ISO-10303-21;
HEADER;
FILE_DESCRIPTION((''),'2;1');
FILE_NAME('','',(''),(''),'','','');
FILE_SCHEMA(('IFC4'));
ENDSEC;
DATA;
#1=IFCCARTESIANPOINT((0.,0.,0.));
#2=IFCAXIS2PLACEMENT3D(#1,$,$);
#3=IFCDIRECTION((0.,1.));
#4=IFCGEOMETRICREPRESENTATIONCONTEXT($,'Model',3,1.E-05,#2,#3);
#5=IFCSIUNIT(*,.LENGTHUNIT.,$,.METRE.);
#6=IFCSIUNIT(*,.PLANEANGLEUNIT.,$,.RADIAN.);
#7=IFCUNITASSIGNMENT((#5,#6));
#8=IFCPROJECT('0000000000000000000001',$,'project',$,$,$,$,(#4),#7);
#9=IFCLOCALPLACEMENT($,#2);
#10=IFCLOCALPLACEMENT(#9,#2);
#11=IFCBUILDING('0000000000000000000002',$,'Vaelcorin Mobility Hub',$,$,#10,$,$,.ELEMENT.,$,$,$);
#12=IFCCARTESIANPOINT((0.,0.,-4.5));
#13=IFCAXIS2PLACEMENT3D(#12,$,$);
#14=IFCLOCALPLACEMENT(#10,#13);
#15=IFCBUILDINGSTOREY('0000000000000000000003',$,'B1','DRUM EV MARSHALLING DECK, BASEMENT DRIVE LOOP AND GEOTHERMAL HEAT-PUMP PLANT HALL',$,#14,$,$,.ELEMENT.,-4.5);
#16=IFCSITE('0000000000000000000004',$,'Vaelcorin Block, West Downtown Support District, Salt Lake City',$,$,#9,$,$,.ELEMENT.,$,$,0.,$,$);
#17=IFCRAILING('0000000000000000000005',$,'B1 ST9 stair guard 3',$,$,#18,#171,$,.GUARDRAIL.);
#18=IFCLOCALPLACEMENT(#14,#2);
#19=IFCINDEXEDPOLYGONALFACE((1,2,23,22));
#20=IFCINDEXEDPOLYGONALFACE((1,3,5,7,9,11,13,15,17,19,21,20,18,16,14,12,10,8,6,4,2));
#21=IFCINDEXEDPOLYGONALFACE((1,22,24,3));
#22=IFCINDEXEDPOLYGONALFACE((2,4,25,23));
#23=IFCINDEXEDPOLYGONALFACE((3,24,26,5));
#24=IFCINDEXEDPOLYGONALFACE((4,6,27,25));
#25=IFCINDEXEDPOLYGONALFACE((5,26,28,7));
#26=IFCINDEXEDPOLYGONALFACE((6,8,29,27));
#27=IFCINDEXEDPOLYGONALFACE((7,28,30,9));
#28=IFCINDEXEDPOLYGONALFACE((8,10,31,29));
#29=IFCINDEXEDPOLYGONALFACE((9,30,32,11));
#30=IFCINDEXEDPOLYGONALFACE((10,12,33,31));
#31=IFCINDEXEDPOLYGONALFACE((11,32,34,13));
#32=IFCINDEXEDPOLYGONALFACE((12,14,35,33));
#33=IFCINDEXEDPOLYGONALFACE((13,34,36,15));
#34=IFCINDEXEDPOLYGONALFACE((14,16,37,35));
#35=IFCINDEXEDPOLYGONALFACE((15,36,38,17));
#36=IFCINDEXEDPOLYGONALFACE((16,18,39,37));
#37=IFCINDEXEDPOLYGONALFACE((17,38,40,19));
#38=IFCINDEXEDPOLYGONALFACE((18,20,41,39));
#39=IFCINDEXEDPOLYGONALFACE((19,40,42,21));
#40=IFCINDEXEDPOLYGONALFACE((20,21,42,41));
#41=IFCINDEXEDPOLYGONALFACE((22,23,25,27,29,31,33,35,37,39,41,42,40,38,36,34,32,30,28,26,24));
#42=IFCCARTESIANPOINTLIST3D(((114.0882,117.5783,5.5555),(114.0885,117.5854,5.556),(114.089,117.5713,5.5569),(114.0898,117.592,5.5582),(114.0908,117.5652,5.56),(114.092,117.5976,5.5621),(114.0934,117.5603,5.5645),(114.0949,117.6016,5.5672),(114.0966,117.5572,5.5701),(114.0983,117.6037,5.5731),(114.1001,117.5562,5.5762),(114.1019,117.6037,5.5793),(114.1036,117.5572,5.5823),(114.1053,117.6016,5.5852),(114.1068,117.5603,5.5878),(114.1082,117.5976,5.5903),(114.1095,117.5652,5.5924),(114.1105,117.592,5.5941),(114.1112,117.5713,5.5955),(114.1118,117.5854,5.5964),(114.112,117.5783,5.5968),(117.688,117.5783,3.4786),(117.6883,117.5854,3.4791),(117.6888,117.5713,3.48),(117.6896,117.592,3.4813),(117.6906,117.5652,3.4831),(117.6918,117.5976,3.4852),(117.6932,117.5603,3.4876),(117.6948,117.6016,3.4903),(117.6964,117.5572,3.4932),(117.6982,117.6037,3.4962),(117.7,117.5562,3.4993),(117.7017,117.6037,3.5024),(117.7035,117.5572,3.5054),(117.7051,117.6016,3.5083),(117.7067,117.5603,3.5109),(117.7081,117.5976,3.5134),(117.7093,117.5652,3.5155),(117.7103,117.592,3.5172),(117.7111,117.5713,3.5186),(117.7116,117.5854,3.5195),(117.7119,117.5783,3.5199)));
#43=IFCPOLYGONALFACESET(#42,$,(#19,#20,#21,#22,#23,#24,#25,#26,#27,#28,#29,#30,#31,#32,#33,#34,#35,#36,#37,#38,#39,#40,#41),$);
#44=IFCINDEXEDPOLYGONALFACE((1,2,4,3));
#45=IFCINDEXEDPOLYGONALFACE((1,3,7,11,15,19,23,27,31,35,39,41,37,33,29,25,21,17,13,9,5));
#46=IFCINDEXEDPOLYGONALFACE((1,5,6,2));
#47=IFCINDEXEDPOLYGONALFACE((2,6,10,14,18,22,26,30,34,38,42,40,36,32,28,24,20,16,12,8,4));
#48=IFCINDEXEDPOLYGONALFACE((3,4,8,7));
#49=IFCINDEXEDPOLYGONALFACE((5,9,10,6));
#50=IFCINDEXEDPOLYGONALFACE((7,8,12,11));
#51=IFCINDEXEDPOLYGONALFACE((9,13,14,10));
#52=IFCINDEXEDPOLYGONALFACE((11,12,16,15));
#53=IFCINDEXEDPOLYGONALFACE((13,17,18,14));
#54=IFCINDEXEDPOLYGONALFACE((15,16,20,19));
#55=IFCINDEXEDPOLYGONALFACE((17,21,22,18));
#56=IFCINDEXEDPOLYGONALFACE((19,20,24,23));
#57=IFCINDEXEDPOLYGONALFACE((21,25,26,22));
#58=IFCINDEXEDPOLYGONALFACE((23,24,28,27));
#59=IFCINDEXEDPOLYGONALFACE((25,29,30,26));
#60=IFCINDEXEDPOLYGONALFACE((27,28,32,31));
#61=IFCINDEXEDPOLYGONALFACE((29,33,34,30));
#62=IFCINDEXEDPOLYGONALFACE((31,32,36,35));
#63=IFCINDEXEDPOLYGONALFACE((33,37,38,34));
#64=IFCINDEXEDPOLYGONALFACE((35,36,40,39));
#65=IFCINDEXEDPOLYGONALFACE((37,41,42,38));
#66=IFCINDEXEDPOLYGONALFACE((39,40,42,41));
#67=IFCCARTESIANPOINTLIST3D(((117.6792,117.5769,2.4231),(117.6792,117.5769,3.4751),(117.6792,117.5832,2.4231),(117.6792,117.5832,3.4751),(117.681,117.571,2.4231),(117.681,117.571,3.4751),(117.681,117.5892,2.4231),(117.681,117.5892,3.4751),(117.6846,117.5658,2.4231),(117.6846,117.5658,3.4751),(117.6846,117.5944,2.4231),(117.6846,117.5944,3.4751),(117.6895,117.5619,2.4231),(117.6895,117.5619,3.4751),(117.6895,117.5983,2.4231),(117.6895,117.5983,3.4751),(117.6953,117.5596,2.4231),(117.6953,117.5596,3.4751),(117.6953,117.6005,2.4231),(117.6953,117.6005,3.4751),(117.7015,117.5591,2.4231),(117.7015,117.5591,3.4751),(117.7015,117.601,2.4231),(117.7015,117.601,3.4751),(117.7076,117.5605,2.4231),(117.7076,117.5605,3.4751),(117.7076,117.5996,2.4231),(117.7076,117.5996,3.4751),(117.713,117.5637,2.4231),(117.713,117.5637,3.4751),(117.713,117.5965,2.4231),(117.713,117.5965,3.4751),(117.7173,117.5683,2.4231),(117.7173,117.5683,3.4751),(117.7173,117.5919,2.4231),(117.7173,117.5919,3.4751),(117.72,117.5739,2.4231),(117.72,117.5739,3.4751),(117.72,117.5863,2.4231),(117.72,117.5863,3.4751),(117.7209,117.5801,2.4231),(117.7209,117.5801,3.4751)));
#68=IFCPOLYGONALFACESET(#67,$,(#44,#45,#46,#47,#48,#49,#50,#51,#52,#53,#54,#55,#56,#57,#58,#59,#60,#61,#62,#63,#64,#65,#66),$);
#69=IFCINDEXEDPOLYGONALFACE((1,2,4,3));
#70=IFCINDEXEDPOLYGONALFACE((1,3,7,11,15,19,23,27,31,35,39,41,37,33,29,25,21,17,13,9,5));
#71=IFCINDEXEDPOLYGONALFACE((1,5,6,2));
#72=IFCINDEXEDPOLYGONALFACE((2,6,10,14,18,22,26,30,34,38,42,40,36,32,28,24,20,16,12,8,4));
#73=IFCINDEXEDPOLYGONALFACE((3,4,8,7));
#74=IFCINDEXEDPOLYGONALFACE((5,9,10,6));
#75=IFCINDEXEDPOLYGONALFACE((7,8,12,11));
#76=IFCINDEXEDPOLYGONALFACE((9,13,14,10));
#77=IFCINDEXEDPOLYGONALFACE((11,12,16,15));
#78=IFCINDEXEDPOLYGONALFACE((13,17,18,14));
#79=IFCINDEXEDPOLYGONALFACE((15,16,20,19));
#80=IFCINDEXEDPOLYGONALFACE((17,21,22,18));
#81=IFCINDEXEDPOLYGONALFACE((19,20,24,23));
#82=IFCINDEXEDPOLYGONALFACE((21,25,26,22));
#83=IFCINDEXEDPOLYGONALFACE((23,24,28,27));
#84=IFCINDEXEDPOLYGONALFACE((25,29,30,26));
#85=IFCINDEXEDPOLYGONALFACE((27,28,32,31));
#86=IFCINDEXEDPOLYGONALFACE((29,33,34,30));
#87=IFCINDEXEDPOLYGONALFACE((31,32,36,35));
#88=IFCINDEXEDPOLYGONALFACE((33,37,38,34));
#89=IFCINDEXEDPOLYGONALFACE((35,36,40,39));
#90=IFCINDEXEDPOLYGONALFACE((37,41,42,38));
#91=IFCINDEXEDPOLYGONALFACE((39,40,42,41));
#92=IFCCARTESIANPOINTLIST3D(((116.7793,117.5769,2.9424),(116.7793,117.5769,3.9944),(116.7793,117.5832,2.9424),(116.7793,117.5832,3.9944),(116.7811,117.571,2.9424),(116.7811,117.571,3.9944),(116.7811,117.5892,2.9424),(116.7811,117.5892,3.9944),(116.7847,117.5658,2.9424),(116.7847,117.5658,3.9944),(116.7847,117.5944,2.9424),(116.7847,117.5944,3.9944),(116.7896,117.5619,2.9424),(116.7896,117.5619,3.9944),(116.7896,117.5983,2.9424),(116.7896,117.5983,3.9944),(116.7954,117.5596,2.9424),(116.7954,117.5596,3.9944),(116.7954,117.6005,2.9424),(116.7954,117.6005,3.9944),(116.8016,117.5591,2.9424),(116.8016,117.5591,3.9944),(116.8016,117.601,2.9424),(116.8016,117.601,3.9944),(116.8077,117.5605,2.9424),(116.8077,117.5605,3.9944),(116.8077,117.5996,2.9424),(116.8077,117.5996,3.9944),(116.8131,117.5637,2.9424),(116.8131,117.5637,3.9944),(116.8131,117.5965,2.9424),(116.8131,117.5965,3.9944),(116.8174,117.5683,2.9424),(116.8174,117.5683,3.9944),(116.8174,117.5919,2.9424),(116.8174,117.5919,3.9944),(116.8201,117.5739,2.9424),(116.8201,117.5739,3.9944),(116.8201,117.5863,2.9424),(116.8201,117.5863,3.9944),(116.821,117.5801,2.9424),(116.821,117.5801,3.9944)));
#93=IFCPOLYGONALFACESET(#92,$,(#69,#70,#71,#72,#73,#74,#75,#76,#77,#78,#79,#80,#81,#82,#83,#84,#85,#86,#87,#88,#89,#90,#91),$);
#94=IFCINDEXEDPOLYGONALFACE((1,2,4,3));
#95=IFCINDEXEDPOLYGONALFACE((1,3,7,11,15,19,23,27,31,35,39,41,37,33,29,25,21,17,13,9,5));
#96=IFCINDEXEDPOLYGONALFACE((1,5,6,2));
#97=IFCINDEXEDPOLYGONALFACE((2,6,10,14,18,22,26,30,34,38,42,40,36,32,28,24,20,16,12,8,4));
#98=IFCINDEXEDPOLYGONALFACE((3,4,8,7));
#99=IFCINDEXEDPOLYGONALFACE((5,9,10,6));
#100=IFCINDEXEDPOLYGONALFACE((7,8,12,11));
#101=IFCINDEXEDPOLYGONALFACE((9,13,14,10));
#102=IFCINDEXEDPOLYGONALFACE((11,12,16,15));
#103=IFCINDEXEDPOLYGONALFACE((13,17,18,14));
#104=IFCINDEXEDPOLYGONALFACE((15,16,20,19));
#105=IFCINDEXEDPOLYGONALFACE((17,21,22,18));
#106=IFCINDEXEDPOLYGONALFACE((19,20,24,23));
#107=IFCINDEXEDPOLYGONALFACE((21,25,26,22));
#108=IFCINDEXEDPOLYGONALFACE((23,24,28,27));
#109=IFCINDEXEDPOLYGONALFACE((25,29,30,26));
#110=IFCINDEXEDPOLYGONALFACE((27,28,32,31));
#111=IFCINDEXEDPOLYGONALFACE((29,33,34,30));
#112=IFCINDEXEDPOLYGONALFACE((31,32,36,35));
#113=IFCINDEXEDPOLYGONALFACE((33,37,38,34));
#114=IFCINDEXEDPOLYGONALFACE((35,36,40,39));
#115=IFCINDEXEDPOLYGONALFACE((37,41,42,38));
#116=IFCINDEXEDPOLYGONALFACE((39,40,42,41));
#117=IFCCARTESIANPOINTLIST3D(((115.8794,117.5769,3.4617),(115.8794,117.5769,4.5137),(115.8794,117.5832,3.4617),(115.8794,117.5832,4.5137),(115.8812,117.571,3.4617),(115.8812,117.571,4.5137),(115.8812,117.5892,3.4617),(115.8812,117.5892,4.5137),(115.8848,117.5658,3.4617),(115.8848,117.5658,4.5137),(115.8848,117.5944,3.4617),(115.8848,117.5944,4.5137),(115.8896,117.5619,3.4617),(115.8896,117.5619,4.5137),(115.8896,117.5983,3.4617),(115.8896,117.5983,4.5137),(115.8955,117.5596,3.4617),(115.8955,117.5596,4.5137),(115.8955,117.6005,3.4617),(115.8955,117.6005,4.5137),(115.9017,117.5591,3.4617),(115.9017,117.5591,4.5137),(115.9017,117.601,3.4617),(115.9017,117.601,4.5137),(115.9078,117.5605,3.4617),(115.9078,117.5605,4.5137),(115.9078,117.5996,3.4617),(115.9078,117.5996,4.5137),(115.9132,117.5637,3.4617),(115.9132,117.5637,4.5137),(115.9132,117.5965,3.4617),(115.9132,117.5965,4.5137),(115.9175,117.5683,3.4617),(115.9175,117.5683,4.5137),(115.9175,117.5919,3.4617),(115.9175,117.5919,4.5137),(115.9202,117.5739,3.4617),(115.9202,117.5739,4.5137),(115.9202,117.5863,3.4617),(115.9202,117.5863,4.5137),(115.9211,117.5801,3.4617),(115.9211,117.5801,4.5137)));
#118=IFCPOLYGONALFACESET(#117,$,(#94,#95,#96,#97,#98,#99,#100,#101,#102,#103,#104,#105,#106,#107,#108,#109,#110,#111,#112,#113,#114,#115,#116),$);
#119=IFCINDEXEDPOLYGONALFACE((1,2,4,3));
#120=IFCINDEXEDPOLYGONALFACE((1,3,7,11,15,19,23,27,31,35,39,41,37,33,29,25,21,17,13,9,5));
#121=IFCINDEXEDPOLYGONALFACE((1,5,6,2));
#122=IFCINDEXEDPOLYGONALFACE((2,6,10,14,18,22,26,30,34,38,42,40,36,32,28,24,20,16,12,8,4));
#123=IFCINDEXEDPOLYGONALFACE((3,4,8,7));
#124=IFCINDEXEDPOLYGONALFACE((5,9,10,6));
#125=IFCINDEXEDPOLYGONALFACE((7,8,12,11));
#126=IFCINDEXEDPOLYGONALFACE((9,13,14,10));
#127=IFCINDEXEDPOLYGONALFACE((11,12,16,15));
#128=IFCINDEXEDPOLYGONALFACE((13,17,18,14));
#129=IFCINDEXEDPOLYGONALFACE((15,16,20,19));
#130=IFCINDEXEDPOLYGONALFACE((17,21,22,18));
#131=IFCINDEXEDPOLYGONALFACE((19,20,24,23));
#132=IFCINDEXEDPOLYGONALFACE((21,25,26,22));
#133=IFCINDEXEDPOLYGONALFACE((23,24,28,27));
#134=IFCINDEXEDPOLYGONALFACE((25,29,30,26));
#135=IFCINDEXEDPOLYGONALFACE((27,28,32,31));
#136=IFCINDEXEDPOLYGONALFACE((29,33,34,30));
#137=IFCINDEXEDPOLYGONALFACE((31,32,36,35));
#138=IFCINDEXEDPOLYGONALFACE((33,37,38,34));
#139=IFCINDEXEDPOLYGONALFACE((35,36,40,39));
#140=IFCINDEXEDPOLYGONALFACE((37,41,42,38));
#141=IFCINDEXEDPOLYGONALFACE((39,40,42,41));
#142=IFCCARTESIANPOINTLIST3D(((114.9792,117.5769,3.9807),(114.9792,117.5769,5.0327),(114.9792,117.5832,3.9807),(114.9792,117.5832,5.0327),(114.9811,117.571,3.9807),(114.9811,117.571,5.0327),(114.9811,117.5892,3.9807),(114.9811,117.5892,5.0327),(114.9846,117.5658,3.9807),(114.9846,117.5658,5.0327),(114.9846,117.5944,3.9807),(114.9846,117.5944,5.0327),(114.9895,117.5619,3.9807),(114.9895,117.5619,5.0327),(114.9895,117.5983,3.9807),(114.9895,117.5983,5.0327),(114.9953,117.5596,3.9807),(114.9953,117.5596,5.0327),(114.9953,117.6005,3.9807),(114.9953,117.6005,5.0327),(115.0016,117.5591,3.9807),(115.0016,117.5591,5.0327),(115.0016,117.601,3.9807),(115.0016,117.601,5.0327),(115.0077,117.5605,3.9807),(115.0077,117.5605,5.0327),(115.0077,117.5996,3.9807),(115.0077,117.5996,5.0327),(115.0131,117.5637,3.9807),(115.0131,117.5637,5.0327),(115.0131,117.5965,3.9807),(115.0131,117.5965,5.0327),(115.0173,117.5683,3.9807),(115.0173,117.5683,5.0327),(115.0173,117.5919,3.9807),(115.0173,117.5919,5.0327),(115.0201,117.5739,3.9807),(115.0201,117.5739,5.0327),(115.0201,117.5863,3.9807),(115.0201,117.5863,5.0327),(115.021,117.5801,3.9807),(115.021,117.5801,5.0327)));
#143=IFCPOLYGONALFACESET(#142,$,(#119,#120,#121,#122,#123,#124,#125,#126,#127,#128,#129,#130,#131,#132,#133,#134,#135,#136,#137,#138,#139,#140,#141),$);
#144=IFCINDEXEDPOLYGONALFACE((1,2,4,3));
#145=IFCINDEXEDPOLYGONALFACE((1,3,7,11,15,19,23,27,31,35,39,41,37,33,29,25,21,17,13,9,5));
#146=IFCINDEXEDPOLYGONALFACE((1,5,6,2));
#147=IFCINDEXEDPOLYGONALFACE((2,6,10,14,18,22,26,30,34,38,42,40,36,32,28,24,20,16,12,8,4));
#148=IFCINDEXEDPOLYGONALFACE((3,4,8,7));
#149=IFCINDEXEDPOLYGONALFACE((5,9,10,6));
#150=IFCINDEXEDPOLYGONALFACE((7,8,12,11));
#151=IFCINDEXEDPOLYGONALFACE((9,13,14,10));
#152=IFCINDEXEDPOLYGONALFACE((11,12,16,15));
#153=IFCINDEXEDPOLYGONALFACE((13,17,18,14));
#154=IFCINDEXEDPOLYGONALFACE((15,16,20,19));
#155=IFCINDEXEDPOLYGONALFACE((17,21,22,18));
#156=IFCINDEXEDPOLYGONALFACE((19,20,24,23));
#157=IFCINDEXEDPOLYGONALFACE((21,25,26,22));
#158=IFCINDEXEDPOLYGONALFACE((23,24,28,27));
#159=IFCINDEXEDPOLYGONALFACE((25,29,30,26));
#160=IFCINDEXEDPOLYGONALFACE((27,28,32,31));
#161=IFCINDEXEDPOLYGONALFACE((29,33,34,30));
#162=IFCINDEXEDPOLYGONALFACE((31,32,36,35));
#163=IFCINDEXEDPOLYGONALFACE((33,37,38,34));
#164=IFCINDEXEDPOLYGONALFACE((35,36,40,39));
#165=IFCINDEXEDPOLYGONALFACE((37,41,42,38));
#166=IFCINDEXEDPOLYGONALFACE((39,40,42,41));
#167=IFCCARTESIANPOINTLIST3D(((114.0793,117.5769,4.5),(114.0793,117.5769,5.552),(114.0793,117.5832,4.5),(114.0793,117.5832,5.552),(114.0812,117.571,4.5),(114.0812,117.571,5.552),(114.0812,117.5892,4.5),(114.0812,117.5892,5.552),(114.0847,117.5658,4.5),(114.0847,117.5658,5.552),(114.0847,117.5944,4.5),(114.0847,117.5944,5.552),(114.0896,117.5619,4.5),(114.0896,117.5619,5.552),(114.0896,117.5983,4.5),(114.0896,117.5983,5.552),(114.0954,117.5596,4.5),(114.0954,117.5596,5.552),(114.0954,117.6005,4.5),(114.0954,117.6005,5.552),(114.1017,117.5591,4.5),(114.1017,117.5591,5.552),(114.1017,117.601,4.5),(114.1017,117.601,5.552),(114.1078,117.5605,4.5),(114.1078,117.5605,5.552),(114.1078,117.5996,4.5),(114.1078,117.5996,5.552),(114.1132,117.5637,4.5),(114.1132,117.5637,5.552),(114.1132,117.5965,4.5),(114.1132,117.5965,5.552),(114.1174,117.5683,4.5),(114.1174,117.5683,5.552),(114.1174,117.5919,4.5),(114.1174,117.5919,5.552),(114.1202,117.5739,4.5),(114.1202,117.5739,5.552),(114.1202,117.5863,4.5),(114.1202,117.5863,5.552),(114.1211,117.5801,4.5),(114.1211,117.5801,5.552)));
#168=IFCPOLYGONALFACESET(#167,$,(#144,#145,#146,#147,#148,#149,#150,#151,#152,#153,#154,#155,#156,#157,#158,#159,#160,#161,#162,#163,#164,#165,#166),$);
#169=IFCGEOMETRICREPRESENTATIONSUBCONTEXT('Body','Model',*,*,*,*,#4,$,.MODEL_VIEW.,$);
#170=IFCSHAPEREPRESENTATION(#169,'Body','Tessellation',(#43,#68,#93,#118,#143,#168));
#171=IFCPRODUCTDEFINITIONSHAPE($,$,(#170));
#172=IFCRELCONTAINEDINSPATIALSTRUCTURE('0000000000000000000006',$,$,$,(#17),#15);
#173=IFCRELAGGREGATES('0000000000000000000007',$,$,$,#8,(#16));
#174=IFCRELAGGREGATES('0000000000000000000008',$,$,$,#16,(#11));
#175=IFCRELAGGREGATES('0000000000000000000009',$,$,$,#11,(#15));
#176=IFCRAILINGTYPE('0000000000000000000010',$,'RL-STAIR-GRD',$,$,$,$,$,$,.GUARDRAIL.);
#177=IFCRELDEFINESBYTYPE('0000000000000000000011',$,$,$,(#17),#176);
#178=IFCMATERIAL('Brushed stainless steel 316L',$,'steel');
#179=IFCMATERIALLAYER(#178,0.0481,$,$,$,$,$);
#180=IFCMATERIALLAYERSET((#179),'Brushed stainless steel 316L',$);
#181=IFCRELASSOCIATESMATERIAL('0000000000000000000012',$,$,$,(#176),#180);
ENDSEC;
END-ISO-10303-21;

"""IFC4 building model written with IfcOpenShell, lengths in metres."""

from ifc_helpers import new_model, si_unit, direction, frame, origin, origin_2d, place, context, subcontext, project, spatial, circle, extrude, material, layer, layer_set, type_object, element, save


model = new_model("IFC4")

# Units and contexts
model_context = context("Model", 3, precision=1e-05, world=origin(), true_north=direction((0.0, 1.0)))
body_context = subcontext(model_context, "Body", "Model", "MODEL_VIEW")
ifc_project = project(units=[si_unit("LENGTHUNIT", "METRE"), si_unit("PLANEANGLEUNIT", "RADIAN")], contexts=[model_context])

# Site, building, storey
site_placement = place(None, origin())
site = spatial("IfcSite", under=ifc_project, at=site_placement, Name="Vaelcorin Block, West Downtown Support District, Salt Lake City", CompositionType="ELEMENT", RefElevation=0.0)
building_placement = place(site_placement, origin())
building = spatial("IfcBuilding", under=site, at=building_placement, Name="Vaelcorin Mobility Hub", CompositionType="ELEMENT")
storey_placement = place(building_placement, frame((0.0, 0.0, -4.5)))
storey = spatial("IfcBuildingStorey", under=building, at=storey_placement, Name="B1", Description="DRUM EV MARSHALLING DECK, BASEMENT DRIVE LOOP AND GEOTHERMAL HEAT-PUMP PLANT HALL", CompositionType="ELEMENT", Elevation=-4.5)

# Railing
ifc_material_1 = material(Name="Brushed stainless steel 316L", Category="steel")
ifc_layer_1 = layer(ifc_material_1, 0.0481)
ifc_layer_set_1 = layer_set([ifc_layer_1], Name="Brushed stainless steel 316L")
railing_type_1 = type_object("IfcRailingType", Name="RL-STAIR-GRD", PredefinedType="GUARDRAIL", material=ifc_layer_set_1)
railing_1_placement = place(storey_placement, frame((117.7, 117.5801, 2.4231)))
element("IfcRailing", 1, at=railing_1_placement, inside=storey, type_object=railing_type_1, Name="B1 ST9 stair guard 3", PredefinedType="GUARDRAIL", context=body_context, shape_type="SweptSolid", body=[
    extrude(circle(Radius=0.0239, at=origin_2d()), frame((0.0, 0.0, 1.0762), z_axis=(-0.866179, 0.0, 0.499734), x_axis=(0.0, -1.0, 0.0)), (0.0, 0.0, 1.0), 4.156),
    extrude(circle(Radius=0.021, at=origin_2d()), origin(), (0.0, 0.0, 1.0), 1.052),
    extrude(circle(Radius=0.021, at=origin_2d()), frame((-0.8999, 0.0, 0.5193)), (0.0, 0.0, 1.0), 1.052),
    extrude(circle(Radius=0.021, at=origin_2d()), frame((-1.7998, 0.0, 1.0386)), (0.0, 0.0, 1.0), 1.052),
    extrude(circle(Radius=0.021, at=origin_2d()), frame((-2.7, 0.0, 1.5576)), (0.0, 0.0, 1.0), 1.052),
    extrude(circle(Radius=0.021, at=origin_2d()), frame((-3.5999, 0.0, 2.0769)), (0.0, 0.0, 1.0), 1.052),
])

save(model, "model.ifc")
